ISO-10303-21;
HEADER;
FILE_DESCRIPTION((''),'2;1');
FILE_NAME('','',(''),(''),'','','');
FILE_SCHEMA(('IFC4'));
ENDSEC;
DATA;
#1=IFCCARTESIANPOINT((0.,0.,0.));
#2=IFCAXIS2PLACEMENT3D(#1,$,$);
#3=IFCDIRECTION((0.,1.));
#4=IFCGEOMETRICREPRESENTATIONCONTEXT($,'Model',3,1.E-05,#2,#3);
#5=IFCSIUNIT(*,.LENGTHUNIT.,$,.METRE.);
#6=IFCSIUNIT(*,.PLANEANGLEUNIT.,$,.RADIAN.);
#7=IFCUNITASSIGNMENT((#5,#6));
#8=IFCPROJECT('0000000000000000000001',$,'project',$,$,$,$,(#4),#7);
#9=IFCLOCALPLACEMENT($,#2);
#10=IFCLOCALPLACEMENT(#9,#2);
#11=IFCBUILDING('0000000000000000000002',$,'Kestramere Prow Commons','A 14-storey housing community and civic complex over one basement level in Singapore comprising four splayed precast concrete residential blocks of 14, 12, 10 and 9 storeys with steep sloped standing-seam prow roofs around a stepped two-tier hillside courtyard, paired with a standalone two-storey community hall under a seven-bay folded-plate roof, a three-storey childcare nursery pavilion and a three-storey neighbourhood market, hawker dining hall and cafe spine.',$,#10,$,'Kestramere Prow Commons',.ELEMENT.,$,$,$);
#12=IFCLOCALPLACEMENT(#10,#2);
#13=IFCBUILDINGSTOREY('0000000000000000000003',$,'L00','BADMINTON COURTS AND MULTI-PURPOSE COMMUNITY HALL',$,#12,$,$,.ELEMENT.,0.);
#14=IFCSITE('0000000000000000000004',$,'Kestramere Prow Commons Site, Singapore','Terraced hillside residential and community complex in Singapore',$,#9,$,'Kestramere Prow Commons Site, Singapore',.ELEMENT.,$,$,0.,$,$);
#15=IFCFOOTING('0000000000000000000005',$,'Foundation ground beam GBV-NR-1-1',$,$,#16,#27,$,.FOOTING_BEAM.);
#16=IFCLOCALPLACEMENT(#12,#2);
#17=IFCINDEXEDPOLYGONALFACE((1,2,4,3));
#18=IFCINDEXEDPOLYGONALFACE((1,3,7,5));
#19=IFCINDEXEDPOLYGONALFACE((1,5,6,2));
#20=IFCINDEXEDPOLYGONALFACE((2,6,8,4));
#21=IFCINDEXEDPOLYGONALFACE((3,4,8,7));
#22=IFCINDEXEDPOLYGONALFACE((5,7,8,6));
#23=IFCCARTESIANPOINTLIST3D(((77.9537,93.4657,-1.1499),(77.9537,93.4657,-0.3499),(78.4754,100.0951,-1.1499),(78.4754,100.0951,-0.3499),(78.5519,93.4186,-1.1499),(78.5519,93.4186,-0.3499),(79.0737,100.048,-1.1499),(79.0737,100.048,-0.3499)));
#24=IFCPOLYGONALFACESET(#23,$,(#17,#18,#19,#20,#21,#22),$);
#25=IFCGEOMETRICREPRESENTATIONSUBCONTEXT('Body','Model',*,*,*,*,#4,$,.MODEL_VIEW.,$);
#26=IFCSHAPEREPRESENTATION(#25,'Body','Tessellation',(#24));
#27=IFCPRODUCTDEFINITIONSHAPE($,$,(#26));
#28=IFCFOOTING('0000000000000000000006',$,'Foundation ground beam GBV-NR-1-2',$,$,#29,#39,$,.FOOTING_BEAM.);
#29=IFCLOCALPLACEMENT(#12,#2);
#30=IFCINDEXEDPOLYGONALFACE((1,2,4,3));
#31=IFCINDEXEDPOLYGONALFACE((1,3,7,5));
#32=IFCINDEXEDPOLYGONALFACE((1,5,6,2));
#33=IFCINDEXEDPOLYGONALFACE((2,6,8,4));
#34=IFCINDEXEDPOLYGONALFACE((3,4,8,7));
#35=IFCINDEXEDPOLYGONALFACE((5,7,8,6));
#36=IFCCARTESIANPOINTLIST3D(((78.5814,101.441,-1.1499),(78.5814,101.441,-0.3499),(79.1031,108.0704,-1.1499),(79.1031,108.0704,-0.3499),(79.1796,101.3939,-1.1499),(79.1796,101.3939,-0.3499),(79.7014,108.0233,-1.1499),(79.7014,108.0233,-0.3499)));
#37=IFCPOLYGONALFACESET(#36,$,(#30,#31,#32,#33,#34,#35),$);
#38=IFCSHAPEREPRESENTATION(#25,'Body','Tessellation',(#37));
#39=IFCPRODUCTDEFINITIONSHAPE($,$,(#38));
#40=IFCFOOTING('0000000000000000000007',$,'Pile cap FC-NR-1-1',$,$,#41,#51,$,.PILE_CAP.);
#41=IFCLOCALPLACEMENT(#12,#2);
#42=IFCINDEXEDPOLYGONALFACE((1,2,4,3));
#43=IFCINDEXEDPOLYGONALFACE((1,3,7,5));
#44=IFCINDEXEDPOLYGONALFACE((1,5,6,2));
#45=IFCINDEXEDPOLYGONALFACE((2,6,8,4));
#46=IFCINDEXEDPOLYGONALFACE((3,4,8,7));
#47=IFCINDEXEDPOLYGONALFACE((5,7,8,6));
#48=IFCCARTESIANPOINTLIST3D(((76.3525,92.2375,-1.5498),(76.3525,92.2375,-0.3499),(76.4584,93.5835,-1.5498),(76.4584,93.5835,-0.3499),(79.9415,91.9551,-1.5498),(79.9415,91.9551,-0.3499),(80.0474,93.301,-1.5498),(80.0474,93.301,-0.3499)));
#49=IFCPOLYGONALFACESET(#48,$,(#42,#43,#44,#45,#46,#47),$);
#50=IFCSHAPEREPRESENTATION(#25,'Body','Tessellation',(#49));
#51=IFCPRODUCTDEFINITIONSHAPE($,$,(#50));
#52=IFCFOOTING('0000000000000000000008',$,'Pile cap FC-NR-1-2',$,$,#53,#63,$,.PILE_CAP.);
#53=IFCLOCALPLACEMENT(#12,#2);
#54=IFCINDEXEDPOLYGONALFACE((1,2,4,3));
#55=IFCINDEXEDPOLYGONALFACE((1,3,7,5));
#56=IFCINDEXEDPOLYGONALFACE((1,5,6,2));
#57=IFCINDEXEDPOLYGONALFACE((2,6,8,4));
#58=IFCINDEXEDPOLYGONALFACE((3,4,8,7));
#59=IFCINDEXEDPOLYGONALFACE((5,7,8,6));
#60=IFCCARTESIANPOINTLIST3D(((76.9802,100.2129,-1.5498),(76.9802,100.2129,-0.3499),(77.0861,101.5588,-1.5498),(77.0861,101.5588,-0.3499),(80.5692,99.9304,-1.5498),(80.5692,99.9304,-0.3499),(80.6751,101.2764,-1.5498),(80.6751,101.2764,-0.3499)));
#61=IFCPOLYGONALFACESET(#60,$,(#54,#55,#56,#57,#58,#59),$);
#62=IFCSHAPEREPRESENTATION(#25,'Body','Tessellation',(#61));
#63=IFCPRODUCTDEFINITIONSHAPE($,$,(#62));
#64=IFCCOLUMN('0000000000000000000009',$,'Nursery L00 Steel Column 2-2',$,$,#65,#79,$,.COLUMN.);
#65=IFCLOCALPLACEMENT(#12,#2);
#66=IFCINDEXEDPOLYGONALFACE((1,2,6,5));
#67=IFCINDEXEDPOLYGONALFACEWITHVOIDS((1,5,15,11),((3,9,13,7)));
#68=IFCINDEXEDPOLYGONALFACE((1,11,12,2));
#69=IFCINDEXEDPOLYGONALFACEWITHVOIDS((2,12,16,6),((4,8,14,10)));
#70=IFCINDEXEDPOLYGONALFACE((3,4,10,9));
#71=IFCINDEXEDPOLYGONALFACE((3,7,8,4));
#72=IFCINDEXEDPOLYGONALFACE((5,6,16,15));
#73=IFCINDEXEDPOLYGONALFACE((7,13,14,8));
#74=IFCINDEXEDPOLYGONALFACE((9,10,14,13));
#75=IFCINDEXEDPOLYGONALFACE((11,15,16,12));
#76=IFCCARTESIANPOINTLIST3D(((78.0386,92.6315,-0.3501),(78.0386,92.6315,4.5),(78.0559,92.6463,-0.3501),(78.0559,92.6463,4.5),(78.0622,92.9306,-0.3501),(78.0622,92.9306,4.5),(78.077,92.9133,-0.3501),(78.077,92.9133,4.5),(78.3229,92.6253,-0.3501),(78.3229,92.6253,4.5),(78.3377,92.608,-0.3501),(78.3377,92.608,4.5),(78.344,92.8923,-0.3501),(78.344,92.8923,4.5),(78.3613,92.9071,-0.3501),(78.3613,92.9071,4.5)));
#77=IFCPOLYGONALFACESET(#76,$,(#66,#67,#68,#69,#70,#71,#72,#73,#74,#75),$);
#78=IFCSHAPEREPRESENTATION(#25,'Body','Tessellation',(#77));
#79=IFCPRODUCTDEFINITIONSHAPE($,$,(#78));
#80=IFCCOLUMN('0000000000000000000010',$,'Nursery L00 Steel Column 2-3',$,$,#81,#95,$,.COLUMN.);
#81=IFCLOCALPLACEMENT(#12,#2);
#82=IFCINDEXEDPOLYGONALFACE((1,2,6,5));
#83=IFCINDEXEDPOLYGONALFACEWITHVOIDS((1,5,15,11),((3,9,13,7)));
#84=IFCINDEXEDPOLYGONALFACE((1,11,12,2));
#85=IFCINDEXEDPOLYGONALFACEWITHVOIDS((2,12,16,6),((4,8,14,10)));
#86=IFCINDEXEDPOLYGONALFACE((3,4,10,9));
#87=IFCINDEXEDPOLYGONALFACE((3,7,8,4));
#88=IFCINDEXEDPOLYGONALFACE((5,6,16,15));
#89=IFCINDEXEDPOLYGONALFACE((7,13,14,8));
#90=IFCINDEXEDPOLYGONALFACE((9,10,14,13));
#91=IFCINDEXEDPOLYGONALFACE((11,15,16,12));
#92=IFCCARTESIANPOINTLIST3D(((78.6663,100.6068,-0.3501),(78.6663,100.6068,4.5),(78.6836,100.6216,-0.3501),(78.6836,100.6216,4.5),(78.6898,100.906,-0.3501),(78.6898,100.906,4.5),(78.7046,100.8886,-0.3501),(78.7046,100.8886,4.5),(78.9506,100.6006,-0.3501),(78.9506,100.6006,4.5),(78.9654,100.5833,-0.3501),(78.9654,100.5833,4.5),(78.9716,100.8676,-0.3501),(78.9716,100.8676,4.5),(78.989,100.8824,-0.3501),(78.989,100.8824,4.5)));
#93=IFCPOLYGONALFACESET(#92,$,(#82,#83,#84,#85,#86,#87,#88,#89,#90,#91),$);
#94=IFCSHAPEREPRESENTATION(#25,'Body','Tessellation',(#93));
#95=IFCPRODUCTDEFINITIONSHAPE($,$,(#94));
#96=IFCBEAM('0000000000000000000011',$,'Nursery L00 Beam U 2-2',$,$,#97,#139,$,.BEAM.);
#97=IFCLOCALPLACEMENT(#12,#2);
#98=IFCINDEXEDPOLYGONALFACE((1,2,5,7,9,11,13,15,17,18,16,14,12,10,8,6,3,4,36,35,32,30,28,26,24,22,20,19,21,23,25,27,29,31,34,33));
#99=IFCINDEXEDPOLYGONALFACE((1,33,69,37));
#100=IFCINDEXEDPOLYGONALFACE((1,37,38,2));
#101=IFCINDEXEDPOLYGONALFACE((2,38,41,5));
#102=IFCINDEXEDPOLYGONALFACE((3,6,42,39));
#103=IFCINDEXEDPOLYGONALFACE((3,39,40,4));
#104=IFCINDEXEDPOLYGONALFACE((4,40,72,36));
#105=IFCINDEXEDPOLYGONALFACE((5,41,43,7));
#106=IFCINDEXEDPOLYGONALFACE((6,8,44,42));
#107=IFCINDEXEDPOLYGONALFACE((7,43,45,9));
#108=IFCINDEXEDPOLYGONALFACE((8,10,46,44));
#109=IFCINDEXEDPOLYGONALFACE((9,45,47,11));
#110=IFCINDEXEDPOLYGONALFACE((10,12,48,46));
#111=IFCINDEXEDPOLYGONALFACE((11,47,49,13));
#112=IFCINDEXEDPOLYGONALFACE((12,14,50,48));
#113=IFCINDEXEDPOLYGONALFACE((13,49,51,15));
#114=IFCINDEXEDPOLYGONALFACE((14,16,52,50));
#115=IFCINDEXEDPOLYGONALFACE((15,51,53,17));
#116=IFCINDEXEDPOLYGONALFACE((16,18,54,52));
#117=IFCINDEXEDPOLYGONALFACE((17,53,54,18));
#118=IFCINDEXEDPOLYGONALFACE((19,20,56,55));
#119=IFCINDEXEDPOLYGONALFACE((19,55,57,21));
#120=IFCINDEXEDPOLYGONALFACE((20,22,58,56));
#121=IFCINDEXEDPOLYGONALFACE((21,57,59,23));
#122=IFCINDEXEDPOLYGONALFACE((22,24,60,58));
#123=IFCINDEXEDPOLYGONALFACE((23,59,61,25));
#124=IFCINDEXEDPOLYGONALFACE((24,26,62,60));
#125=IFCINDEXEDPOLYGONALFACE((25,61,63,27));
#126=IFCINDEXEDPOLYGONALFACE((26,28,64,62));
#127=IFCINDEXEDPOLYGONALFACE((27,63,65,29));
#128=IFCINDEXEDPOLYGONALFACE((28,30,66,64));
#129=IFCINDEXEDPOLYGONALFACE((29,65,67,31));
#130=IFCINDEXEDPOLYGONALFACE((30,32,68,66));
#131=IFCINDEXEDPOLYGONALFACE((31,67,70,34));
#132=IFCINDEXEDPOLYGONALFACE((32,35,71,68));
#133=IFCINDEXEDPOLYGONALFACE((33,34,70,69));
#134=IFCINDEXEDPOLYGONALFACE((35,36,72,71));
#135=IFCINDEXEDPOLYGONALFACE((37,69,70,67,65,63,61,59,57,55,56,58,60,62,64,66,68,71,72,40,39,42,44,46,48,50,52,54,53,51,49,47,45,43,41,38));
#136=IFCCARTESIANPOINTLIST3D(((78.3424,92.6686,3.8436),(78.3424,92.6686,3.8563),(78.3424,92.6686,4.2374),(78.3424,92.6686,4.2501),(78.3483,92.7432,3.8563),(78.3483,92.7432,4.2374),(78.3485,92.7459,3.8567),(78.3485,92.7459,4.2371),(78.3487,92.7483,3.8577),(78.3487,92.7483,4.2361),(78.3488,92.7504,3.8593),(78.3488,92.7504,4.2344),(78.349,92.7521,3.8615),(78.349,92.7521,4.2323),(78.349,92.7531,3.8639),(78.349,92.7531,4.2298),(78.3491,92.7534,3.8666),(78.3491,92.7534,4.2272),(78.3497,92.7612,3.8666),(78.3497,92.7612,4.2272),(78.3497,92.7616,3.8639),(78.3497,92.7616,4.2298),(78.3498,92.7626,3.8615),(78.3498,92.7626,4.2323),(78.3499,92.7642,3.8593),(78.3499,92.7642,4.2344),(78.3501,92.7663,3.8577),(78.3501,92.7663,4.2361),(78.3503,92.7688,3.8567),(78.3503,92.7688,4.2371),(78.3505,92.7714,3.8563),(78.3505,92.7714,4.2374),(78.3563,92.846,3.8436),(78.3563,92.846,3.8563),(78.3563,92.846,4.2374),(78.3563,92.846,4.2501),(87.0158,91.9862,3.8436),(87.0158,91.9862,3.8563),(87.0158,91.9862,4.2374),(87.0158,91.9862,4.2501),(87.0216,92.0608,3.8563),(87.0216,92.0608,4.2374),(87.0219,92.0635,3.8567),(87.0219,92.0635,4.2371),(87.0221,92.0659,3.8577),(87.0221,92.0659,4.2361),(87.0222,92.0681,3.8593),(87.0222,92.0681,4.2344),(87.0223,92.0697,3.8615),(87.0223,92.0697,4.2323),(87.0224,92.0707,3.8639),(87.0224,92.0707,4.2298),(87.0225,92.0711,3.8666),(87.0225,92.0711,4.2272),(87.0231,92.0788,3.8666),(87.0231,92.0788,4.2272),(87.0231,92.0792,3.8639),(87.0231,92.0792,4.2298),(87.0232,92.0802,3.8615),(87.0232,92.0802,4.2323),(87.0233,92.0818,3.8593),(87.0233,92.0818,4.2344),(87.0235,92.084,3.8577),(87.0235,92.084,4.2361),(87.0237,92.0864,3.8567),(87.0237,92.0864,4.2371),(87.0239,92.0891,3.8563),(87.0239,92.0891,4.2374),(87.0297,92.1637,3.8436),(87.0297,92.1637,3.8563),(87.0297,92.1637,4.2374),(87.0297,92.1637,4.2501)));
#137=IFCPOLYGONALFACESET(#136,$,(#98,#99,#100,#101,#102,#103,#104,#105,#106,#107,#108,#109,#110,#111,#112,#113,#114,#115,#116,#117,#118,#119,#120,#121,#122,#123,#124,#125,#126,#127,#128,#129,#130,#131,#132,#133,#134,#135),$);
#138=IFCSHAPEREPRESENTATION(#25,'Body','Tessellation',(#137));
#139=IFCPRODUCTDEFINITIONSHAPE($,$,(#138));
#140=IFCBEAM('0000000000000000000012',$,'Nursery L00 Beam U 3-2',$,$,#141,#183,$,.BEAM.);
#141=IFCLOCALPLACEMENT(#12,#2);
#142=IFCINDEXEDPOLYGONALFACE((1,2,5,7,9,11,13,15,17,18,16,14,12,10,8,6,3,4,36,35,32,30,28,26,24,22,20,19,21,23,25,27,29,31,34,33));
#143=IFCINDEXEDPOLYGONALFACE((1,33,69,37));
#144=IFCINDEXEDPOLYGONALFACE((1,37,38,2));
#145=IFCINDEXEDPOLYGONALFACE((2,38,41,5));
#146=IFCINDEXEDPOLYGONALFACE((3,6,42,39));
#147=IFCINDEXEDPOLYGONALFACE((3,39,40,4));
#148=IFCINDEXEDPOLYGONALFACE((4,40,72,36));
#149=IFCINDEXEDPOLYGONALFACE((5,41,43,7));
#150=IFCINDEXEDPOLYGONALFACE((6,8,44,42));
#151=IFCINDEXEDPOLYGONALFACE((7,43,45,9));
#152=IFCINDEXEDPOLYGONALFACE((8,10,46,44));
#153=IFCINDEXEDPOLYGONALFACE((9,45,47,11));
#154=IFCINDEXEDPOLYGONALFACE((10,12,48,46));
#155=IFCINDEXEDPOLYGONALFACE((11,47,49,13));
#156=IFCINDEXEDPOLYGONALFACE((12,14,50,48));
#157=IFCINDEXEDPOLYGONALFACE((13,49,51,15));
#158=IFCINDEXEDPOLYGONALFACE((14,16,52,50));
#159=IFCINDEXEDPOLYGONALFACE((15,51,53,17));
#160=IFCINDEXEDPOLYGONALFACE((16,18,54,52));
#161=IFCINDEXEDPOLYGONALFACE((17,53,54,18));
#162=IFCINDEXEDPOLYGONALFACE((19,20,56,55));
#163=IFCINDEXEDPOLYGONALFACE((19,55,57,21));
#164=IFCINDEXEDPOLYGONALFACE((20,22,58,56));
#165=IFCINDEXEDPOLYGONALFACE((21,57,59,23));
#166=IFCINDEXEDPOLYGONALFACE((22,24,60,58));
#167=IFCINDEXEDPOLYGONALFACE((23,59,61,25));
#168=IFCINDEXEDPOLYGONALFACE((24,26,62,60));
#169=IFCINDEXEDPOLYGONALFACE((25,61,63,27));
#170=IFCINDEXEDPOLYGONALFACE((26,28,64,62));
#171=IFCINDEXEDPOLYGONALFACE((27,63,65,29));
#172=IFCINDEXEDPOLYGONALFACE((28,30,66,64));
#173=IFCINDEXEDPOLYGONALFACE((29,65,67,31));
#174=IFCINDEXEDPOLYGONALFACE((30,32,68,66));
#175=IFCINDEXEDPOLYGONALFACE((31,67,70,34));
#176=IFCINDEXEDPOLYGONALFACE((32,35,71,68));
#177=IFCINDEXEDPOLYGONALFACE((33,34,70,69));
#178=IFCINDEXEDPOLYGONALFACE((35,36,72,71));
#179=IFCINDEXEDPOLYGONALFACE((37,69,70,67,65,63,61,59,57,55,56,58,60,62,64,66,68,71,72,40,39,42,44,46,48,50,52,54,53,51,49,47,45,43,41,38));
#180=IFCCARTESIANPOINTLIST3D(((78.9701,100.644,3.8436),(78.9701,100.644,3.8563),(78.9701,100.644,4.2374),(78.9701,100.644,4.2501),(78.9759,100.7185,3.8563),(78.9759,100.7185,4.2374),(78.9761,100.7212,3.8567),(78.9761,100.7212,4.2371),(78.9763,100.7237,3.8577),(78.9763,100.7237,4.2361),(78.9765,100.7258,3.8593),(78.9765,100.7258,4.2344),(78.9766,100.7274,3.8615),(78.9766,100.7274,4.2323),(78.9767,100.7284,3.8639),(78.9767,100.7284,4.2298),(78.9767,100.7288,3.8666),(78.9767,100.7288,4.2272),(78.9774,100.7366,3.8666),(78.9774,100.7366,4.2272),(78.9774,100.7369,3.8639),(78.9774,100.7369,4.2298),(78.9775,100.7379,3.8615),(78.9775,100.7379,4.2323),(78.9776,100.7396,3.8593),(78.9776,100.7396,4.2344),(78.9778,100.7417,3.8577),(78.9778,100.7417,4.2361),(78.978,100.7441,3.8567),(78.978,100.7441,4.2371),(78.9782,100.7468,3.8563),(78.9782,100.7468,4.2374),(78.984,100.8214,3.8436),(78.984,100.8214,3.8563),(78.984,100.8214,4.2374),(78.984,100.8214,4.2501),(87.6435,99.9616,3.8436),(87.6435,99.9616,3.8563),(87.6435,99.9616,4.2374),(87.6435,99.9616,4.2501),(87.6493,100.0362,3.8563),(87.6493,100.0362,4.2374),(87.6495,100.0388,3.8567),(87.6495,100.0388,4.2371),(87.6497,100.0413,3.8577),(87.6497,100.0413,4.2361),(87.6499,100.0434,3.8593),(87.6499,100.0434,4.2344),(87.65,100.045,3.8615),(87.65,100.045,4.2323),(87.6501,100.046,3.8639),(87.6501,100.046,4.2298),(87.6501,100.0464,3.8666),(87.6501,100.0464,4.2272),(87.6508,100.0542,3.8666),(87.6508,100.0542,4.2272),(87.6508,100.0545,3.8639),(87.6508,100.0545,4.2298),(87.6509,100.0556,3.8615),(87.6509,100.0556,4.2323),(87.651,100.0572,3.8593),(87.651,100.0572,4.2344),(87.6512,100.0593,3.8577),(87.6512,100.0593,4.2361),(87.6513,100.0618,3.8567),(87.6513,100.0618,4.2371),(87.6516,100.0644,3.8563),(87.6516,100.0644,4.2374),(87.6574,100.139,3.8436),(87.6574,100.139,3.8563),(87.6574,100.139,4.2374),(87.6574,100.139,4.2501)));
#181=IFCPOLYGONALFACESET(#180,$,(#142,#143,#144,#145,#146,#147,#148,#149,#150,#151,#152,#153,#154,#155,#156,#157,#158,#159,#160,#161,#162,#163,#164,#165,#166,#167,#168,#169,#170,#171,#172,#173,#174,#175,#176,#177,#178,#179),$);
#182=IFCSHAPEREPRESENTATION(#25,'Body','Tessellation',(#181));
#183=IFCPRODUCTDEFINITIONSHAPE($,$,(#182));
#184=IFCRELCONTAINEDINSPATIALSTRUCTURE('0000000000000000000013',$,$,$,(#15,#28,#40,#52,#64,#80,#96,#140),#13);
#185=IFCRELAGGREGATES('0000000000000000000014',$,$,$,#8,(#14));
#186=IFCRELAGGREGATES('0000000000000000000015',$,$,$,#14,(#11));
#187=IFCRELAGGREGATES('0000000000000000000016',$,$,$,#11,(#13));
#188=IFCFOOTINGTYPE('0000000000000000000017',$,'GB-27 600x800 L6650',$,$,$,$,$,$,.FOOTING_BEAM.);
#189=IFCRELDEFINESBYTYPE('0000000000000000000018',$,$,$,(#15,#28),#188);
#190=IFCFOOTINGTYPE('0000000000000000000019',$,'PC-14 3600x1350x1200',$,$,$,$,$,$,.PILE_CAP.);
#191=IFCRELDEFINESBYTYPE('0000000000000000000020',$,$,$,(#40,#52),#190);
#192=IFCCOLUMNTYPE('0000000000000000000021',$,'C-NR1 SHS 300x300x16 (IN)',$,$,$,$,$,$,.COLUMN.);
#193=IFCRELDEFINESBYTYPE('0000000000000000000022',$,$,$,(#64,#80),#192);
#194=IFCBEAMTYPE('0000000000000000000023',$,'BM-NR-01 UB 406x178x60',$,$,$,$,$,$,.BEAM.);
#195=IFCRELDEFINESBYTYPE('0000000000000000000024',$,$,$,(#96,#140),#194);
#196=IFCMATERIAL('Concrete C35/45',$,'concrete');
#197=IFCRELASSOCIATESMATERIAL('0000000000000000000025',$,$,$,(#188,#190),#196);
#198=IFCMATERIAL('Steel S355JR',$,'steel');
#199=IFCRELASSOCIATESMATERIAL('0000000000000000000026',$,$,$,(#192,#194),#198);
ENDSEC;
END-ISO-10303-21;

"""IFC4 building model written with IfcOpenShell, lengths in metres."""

from ifc_helpers import new_model, si_unit, direction, frame, origin, origin_2d, place, context, subcontext, project, spatial, rectangle, hollow_rectangle, i_section, extrude, material, material_profile, profile_set, type_object, element, save


model = new_model("IFC4")

# Units and contexts
model_context = context("Model", 3, precision=1e-05, world=origin(), true_north=direction((0.0, 1.0)))
body_context = subcontext(model_context, "Body", "Model", "MODEL_VIEW")
ifc_project = project(units=[si_unit("LENGTHUNIT", "METRE"), si_unit("PLANEANGLEUNIT", "RADIAN")], contexts=[model_context])

# Site, building, storey
site_placement = place(None, origin())
site = spatial("IfcSite", under=ifc_project, at=site_placement, Name="Kestramere Prow Commons Site, Singapore", Description="Terraced hillside residential and community complex in Singapore", LongName="Kestramere Prow Commons Site, Singapore", CompositionType="ELEMENT", RefElevation=0.0)
building_placement = place(site_placement, origin())
building = spatial("IfcBuilding", under=site, at=building_placement, Name="Kestramere Prow Commons", Description="A 14-storey housing community and civic complex over one basement level in Singapore comprising four splayed precast concrete residential blocks of 14, 12, 10 and 9 storeys with steep sloped standing-seam prow roofs around a stepped two-tier hillside courtyard, paired with a standalone two-storey community hall under a seven-bay folded-plate roof, a three-storey childcare nursery pavilion and a three-storey neighbourhood market, hawker dining hall and cafe spine.", LongName="Kestramere Prow Commons", CompositionType="ELEMENT")
storey_placement = place(building_placement, origin())
storey = spatial("IfcBuildingStorey", under=building, at=storey_placement, Name="L00", Description="BADMINTON COURTS AND MULTI-PURPOSE COMMUNITY HALL", CompositionType="ELEMENT", Elevation=0.0)

# Shared definitions
ifc_material_1 = material(Name="Concrete C35/45", Category="concrete")

# Footings
footing_type_1 = type_object("IfcFootingType", Name="GB-27 600x800 L6650", PredefinedType="FOOTING_BEAM", material=ifc_material_1)
for number, where, z_axis, x_axis, name in (
    (1, (78.5137, 96.7568, -1.1499), (0.0, 0.0, 1.0), (0.078459, 0.996917, 0.0), "Foundation ground beam GBV-NR-1-1"),
    (2, (79.1414, 104.7322, -1.1499), (0.0, 0.0, 1.0), (0.078459, 0.996917, 0.0), "Foundation ground beam GBV-NR-1-2"),
):
    element("IfcFooting", number, at=place(storey_placement, frame(where, z_axis=z_axis, x_axis=x_axis)), inside=storey, type_object=footing_type_1, Name=name, PredefinedType="FOOTING_BEAM", context=body_context, shape_type="SweptSolid", body=[
        extrude(rectangle(XDim=6.6499, YDim=0.6001, at=origin_2d()), origin(), (0.0, 0.0, 1.0), 0.8),
    ])
footing_type_2 = type_object("IfcFootingType", Name="PC-14 3600x1350x1200", PredefinedType="PILE_CAP", material=ifc_material_1)
for number, where, z_axis, x_axis, name in (
    (3, (78.2, 92.7693, -1.5498), (0.0, 0.0, 1.0), (0.996917, -0.078459, 0.0), "Pile cap FC-NR-1-1"),
    (4, (78.8276, 100.7446, -1.5498), (0.0, 0.0, 1.0), (0.996917, -0.078459, 0.0), "Pile cap FC-NR-1-2"),
):
    element("IfcFooting", number, at=place(storey_placement, frame(where, z_axis=z_axis, x_axis=x_axis)), inside=storey, type_object=footing_type_2, Name=name, PredefinedType="PILE_CAP", context=body_context, shape_type="SweptSolid", body=[
        extrude(rectangle(XDim=3.6001, YDim=1.3501, at=origin_2d()), origin(), (0.0, 0.0, 1.0), 1.2),
    ])

# Columns
ifc_material_2 = material(Name="Steel S355JR", Category="steel")
ifc_material_profile_1 = material_profile(ifc_material_2, hollow_rectangle(XDim=0.3, YDim=0.3, WallThickness=0.0161, at=origin_2d()), Name="SHS 300x300x16")
ifc_profile_set_1 = profile_set([ifc_material_profile_1], Name="Steel S355JR")
column_type = type_object("IfcColumnType", Name="C-NR1 SHS 300x300x16 (IN)", PredefinedType="COLUMN", material=ifc_profile_set_1)
for number, where, z_axis, x_axis, name in (
    (5, (78.2, 92.7693, -0.3501), (0.0, 0.0, 1.0), (0.996917, -0.078459, 0.0), "Nursery L00 Steel Column 2-2"),
    (6, (78.8276, 100.7446, -0.3501), (0.0, 0.0, 1.0), (0.996917, -0.078459, 0.0), "Nursery L00 Steel Column 2-3"),
):
    element("IfcColumn", number, at=place(storey_placement, frame(where, z_axis=z_axis, x_axis=x_axis)), inside=storey, type_object=column_type, Name=name, PredefinedType="COLUMN", context=body_context, shape_type="SweptSolid", body=[
        extrude(hollow_rectangle(XDim=0.3, YDim=0.3, WallThickness=0.0161, at=origin_2d()), origin(), (0.0, 0.0, 1.0), 4.8501),
    ])

# Beams
ifc_material_profile_2 = material_profile(ifc_material_2, i_section(OverallWidth=0.178, OverallDepth=0.4065, WebThickness=0.0078, FlangeThickness=0.0127, FilletRadius=0.0103, at=origin_2d()), Name="UB 406x178x60")
ifc_profile_set_2 = profile_set([ifc_material_profile_2], Name="Steel S355JR")
beam_type_1 = type_object("IfcBeamType", Name="BM-NR-01 UB 406x178x60", PredefinedType="BEAM", material=ifc_profile_set_2)
for number, where, z_axis, x_axis, name in (
    (7, (78.3494, 92.7573, 4.0469), (0.996919, -0.078432, 0.0), (0.078432, 0.996919, 0.0), "Nursery L00 Beam U 2-2"),
    (8, (78.9771, 100.7327, 4.0469), (0.996919, -0.078432, 0.0), (0.078432, 0.996919, 0.0), "Nursery L00 Beam U 3-2"),
):
    element("IfcBeam", number, at=place(storey_placement, frame(where, z_axis=z_axis, x_axis=x_axis)), inside=storey, type_object=beam_type_1, Name=name, PredefinedType="BEAM", context=body_context, shape_type="SweptSolid", body=[
        extrude(i_section(OverallWidth=0.178, OverallDepth=0.4065, WebThickness=0.0078, FlangeThickness=0.0127, FilletRadius=0.0103, at=origin_2d()), origin(), (0.0, 0.0, 1.0), 8.7002),
    ])

save(model, "model.ifc")
